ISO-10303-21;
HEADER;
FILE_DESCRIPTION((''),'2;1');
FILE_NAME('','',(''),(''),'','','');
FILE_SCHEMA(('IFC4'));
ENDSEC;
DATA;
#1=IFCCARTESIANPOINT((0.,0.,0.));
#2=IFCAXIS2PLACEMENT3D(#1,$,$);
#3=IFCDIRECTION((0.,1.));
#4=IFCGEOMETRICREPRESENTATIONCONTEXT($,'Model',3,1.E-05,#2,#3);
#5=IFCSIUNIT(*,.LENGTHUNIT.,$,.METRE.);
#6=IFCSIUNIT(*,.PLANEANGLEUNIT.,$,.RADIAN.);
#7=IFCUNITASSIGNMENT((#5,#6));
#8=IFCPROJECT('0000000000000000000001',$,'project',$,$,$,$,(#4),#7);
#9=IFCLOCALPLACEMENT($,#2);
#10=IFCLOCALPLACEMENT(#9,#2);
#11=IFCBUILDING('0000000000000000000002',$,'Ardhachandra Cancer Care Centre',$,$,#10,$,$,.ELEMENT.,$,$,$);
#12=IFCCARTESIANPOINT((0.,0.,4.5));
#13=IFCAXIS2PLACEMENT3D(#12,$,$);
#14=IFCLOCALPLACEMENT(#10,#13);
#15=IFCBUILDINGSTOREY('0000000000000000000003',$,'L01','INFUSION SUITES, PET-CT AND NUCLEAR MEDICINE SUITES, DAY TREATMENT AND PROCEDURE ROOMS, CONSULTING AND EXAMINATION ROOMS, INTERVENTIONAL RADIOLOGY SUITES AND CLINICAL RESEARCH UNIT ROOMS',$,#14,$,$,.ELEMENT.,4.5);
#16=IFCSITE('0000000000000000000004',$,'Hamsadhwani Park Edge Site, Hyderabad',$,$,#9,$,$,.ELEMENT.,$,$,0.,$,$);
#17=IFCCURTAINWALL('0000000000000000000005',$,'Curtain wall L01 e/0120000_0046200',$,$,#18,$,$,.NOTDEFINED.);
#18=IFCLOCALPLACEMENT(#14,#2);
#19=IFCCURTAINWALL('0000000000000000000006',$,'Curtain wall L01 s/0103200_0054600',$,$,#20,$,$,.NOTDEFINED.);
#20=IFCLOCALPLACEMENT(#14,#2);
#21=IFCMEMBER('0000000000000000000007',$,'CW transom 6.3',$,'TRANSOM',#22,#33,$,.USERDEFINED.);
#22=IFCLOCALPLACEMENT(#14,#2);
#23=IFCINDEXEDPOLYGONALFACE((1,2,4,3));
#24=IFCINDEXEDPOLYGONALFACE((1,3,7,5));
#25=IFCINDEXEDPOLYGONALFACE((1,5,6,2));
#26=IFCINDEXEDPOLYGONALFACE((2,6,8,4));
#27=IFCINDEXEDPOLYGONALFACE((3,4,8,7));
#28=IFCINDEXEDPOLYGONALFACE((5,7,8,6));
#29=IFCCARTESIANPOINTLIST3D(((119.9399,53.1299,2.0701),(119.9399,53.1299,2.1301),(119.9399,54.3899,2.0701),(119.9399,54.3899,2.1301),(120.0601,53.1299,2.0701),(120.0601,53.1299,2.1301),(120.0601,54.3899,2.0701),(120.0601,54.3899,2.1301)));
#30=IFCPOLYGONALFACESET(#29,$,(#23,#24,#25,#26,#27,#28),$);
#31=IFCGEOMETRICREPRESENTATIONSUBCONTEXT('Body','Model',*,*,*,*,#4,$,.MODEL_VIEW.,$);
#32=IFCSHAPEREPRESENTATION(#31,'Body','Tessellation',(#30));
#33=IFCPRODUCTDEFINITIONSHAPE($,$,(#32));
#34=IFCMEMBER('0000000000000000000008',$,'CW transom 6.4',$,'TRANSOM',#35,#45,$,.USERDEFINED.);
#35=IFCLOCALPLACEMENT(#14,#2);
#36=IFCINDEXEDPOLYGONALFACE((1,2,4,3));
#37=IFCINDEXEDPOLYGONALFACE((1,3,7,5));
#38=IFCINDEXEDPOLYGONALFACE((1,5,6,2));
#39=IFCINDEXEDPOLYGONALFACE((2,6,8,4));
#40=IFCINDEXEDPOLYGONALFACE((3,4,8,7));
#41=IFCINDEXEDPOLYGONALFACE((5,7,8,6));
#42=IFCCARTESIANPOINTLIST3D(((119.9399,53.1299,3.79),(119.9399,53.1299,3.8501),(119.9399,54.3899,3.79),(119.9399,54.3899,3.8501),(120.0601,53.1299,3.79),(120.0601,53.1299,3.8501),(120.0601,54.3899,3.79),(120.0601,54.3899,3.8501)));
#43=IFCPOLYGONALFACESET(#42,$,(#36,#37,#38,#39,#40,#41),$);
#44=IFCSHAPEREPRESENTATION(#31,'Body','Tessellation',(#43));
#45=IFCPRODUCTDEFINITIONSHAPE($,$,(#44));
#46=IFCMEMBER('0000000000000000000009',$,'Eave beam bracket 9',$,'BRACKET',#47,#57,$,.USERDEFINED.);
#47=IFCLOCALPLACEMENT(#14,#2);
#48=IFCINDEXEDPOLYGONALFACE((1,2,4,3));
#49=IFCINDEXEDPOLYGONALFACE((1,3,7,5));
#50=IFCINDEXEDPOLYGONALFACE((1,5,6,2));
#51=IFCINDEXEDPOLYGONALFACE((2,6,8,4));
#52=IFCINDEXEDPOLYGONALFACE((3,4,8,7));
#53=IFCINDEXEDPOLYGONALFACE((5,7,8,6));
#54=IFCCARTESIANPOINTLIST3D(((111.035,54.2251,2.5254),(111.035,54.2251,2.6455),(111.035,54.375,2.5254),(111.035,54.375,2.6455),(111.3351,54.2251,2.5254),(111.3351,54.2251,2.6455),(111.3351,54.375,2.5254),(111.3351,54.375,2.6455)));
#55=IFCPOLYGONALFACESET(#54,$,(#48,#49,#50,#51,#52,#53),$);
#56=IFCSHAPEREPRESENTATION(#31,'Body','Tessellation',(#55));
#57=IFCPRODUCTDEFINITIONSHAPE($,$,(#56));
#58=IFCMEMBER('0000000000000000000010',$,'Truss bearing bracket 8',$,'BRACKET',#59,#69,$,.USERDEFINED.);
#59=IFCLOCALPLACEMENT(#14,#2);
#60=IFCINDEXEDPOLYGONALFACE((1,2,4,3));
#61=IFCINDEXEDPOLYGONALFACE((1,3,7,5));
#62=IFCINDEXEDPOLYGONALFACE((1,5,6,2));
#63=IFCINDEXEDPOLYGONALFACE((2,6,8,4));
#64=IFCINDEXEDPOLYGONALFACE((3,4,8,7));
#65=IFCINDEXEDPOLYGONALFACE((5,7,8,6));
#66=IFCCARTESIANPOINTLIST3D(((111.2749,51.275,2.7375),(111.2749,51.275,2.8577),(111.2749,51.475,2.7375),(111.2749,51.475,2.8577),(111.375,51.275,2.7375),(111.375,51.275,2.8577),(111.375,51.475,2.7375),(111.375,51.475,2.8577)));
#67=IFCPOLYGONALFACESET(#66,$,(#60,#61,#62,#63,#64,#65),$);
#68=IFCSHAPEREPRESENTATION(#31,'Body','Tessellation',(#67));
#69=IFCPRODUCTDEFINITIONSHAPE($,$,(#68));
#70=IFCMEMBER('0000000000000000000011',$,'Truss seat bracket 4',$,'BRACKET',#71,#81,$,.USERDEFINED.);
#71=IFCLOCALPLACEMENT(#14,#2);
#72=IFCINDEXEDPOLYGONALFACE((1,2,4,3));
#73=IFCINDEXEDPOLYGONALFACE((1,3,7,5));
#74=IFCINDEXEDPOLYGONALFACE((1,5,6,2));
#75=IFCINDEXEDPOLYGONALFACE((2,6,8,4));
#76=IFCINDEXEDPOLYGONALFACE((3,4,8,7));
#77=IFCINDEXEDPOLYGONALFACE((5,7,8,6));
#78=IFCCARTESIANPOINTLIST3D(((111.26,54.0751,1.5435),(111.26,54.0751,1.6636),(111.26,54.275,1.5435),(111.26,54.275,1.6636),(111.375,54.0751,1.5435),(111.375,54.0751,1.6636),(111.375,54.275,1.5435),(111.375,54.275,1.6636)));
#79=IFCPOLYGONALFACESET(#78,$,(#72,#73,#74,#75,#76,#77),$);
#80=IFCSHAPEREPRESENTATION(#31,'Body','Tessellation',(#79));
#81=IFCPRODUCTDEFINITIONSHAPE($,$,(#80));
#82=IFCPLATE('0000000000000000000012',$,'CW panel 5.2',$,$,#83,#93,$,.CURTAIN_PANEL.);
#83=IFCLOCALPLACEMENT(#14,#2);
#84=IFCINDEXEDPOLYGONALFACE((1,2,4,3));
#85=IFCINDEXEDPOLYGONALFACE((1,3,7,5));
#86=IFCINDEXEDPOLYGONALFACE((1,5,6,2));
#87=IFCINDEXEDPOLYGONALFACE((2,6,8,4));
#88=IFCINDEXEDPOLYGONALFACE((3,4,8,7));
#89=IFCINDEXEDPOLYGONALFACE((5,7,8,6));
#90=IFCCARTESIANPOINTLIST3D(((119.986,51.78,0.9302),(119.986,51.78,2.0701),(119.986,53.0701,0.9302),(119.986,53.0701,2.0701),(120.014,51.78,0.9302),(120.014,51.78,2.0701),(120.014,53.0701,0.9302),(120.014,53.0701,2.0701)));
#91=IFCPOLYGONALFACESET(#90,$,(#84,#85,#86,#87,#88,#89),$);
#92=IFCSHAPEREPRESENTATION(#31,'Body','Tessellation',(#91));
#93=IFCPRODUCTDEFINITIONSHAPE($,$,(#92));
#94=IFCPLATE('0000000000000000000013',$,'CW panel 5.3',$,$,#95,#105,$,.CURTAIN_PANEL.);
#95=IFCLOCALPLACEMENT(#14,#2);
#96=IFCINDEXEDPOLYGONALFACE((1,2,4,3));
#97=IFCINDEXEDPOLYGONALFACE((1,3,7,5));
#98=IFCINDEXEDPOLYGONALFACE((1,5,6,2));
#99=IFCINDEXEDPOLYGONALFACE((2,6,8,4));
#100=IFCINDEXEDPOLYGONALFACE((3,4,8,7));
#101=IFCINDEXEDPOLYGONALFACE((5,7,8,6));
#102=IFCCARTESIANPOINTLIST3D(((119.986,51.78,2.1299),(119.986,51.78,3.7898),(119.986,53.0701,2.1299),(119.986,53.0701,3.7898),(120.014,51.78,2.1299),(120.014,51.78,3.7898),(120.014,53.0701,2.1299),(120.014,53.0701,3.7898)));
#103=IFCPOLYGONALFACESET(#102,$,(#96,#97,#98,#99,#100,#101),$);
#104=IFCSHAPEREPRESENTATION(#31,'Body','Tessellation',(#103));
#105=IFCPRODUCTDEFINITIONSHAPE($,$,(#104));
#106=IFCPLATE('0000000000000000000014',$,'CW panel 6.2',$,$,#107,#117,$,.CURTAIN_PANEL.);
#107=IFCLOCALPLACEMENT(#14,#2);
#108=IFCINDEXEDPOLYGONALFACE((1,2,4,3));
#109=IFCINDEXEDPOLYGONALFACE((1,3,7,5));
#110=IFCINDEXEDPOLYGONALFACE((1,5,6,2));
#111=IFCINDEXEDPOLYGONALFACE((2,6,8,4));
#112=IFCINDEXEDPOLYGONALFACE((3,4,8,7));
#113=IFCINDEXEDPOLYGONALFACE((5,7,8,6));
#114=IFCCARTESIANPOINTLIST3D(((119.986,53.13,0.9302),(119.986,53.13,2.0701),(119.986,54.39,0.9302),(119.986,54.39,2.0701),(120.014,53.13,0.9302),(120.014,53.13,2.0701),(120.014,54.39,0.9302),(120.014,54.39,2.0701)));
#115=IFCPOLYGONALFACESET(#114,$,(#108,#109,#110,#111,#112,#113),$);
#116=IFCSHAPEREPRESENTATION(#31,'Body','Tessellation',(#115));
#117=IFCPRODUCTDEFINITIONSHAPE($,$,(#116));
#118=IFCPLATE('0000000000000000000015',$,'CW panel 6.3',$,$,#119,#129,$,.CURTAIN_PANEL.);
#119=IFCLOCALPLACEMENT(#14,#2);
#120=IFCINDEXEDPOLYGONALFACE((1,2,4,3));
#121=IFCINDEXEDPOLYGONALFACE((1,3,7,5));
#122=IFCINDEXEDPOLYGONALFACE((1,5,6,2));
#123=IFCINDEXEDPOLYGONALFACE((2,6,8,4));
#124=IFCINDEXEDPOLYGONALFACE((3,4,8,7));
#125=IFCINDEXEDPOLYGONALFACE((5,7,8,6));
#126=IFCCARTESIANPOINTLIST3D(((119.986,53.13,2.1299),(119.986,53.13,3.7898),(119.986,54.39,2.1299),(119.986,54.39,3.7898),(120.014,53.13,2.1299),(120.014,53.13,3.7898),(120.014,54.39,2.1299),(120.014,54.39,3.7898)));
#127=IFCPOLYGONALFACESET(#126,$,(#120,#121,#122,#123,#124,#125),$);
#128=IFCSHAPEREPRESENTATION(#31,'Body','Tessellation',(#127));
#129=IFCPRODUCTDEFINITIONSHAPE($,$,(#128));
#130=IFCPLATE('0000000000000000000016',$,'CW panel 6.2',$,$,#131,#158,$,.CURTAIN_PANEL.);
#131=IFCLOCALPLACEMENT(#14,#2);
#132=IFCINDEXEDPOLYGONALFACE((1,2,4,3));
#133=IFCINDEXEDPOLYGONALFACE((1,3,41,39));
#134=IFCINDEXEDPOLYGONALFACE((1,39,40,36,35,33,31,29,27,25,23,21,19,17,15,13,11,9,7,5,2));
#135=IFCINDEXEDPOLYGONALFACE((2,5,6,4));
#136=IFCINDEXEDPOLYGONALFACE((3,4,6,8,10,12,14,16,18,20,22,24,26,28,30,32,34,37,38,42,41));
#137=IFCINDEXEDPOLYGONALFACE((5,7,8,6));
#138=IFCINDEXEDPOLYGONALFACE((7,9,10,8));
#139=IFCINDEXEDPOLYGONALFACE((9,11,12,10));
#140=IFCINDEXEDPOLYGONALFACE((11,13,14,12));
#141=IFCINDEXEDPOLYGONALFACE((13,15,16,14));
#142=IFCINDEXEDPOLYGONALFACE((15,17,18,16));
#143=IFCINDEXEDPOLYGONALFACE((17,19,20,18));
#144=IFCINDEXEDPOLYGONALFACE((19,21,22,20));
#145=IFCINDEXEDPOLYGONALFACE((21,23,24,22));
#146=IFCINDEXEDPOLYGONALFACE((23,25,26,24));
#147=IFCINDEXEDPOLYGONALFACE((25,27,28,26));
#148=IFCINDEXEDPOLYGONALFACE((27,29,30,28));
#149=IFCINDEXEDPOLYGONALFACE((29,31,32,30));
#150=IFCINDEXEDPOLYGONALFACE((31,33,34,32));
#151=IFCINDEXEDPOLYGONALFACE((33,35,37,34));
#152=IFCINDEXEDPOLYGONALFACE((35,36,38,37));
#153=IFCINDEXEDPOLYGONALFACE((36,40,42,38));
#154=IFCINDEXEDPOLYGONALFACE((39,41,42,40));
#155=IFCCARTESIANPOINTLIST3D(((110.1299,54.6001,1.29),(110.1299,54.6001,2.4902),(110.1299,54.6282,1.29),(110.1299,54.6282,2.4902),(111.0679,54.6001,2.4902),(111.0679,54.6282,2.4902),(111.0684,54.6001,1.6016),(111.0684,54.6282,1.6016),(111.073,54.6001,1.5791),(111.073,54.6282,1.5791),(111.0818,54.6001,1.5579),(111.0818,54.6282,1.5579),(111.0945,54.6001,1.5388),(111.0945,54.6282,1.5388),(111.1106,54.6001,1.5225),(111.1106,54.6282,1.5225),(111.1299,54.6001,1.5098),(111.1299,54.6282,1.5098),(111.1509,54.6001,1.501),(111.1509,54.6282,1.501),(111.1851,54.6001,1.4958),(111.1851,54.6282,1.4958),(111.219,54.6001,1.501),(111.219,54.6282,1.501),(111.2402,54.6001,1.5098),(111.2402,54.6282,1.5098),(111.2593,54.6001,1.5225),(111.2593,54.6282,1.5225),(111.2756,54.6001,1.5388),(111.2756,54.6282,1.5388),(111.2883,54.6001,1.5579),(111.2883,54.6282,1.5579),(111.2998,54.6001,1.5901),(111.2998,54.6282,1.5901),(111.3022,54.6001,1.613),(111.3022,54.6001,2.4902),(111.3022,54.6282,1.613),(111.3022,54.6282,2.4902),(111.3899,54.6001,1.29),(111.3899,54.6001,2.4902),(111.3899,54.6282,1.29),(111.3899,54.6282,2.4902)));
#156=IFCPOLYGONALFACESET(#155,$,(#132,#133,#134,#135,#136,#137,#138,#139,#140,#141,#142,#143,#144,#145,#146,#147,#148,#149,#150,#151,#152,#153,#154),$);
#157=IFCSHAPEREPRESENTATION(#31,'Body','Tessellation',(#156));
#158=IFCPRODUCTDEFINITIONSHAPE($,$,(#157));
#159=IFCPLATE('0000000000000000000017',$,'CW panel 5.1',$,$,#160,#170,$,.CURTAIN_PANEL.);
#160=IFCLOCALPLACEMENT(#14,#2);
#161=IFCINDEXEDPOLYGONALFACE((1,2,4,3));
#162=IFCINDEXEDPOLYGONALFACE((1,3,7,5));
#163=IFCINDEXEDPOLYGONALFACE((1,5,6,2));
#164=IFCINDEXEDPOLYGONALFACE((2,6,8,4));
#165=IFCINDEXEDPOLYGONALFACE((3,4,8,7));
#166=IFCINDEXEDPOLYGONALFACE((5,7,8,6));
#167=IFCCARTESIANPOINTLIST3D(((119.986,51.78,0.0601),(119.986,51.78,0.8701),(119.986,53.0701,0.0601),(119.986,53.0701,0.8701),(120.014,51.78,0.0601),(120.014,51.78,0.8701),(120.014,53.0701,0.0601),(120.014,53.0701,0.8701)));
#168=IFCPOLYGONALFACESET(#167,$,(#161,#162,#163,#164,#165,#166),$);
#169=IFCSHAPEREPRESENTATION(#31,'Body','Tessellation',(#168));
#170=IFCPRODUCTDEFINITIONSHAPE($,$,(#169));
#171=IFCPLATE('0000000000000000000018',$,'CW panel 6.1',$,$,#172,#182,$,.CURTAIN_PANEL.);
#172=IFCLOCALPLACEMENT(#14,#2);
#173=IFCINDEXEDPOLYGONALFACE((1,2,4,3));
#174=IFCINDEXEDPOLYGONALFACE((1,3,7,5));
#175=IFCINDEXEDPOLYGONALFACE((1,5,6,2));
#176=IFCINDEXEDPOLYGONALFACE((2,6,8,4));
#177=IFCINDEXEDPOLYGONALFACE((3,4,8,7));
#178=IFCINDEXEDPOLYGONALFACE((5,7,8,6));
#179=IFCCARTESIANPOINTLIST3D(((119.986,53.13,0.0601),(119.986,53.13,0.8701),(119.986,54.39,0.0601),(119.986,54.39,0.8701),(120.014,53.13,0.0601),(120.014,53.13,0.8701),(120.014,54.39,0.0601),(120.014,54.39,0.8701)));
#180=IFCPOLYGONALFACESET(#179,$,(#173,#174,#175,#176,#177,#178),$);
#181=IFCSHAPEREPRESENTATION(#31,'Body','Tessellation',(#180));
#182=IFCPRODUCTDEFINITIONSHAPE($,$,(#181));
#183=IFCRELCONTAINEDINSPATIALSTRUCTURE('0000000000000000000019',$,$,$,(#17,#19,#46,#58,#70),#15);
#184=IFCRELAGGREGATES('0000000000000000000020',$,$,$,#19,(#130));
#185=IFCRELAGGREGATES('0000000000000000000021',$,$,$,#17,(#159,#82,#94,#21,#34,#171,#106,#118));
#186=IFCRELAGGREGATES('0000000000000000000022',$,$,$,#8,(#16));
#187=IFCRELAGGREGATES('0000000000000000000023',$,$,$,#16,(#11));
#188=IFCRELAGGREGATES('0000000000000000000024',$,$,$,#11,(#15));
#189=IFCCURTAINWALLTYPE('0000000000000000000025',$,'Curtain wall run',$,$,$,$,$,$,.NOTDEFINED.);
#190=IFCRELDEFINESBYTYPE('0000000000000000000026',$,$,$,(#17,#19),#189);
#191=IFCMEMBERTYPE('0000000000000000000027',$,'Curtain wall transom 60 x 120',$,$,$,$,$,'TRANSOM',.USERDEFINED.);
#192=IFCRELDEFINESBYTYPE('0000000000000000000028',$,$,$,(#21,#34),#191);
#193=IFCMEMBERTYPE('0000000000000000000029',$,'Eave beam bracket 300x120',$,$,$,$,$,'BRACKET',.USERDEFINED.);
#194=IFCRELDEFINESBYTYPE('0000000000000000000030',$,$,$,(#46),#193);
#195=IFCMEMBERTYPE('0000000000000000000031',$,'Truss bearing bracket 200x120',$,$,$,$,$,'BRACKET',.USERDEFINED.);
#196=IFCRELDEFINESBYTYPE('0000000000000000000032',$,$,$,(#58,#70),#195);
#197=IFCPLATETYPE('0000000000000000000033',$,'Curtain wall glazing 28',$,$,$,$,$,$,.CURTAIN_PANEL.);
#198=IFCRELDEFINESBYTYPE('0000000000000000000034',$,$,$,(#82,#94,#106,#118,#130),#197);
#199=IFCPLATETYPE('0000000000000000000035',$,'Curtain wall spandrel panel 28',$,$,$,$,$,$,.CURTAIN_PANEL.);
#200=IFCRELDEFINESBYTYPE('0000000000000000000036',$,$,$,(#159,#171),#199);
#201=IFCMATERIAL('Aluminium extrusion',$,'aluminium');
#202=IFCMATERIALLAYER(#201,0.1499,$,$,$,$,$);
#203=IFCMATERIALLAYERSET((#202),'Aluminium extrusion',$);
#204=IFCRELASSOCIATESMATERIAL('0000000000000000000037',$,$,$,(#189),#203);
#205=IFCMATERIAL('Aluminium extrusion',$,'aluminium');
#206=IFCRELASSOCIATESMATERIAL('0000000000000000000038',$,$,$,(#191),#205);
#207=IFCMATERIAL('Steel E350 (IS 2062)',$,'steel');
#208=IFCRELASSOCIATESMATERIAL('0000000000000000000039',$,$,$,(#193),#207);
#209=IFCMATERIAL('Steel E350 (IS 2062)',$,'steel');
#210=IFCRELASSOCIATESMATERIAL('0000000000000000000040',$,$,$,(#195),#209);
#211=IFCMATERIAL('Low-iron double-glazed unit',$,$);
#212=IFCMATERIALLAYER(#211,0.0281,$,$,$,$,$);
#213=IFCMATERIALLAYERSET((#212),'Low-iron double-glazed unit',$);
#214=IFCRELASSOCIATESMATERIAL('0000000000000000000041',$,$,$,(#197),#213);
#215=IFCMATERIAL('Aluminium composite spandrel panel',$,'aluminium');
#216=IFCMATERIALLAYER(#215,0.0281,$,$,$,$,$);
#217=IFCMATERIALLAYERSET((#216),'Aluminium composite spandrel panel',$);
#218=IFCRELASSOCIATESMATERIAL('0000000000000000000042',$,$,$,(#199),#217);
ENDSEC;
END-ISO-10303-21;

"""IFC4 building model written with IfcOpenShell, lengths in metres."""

from ifc_helpers import new_model, si_unit, direction, frame, origin, origin_2d, place, context, subcontext, project, spatial, polyline, rectangle, outline, extrude, material, layer, layer_set, material_profile, profile_set, type_object, element, aggregate, save


model = new_model("IFC4")

# Units and contexts
model_context = context("Model", 3, precision=1e-05, world=origin(), true_north=direction((0.0, 1.0)))
body_context = subcontext(model_context, "Body", "Model", "MODEL_VIEW")
ifc_project = project(units=[si_unit("LENGTHUNIT", "METRE"), si_unit("PLANEANGLEUNIT", "RADIAN")], contexts=[model_context])

# Site, building, storey
site_placement = place(None, origin())
site = spatial("IfcSite", under=ifc_project, at=site_placement, Name="Hamsadhwani Park Edge Site, Hyderabad", CompositionType="ELEMENT", RefElevation=0.0)
building_placement = place(site_placement, origin())
building = spatial("IfcBuilding", under=site, at=building_placement, Name="Ardhachandra Cancer Care Centre", CompositionType="ELEMENT")
storey_placement = place(building_placement, frame((0.0, 0.0, 4.5)))
storey = spatial("IfcBuildingStorey", under=building, at=storey_placement, Name="L01", Description="INFUSION SUITES, PET-CT AND NUCLEAR MEDICINE SUITES, DAY TREATMENT AND PROCEDURE ROOMS, CONSULTING AND EXAMINATION ROOMS, INTERVENTIONAL RADIOLOGY SUITES AND CLINICAL RESEARCH UNIT ROOMS", CompositionType="ELEMENT", Elevation=4.5)

# Curtain wall
ifc_material_1 = material(Name="Aluminium extrusion", Category="aluminium")
ifc_layer_1 = layer(ifc_material_1, 0.1499)
ifc_layer_set_1 = layer_set([ifc_layer_1], Name="Aluminium extrusion")
curtain_wall_type = type_object("IfcCurtainWallType", Name="Curtain wall run", PredefinedType="NOTDEFINED", material=ifc_layer_set_1)
curtain_wall_1_placement = place(storey_placement, origin())
curtain_wall_1 = element("IfcCurtainWall", 1, at=curtain_wall_1_placement, inside=storey, type_object=curtain_wall_type, Name="Curtain wall L01 e/0120000_0046200", PredefinedType="NOTDEFINED")

# Curtain wall
curtain_wall_2_placement = place(storey_placement, origin())
curtain_wall_2 = element("IfcCurtainWall", 2, at=curtain_wall_2_placement, inside=storey, type_object=curtain_wall_type, Name="Curtain wall L01 s/0103200_0054600", PredefinedType="NOTDEFINED")

# Members
ifc_material_2 = material(Name="Aluminium extrusion", Category="aluminium")
ifc_material_profile_1 = material_profile(ifc_material_2, rectangle(XDim=0.1201, YDim=0.0601, at=origin_2d()), Name="Curtain wall transom 60 x 120")
ifc_profile_set_1 = profile_set([ifc_material_profile_1], Name="Aluminium extrusion")
member_type_1 = type_object("IfcMemberType", Name="Curtain wall transom 60 x 120", ElementType="TRANSOM", PredefinedType="USERDEFINED", material=ifc_profile_set_1)
member_1_placement = place(storey_placement, frame((120.0, 53.1299, 2.1001), z_axis=(0.0, 1.0, 0.0), x_axis=(-1.0, 0.0, 0.0)))
member_1 = element("IfcMember", 3, at=member_1_placement, type_object=member_type_1, Name="CW transom 6.3", ObjectType="TRANSOM", PredefinedType="USERDEFINED", context=body_context, shape_type="SweptSolid", body=[
    extrude(rectangle(XDim=0.1201, YDim=0.0601, at=origin_2d()), origin(), (0.0, 0.0, 1.0), 1.26),
])
member_2_placement = place(storey_placement, frame((120.0, 53.1299, 3.8201), z_axis=(0.0, 1.0, 0.0), x_axis=(-1.0, 0.0, 0.0)))
member_2 = element("IfcMember", 4, at=member_2_placement, type_object=member_type_1, Name="CW transom 6.4", ObjectType="TRANSOM", PredefinedType="USERDEFINED", context=body_context, shape_type="SweptSolid", body=[
    extrude(rectangle(XDim=0.1201, YDim=0.0601, at=origin_2d()), origin(), (0.0, 0.0, 1.0), 1.26),
])

# Members
ifc_material_3 = material(Name="Steel E350 (IS 2062)", Category="steel")
ifc_material_profile_2 = material_profile(ifc_material_3, rectangle(XDim=0.3, YDim=0.1201, at=origin_2d()), Name="PL 300x120")
ifc_profile_set_2 = profile_set([ifc_material_profile_2], Name="Steel E350 (IS 2062)")
member_type_2 = type_object("IfcMemberType", Name="Eave beam bracket 300x120", ElementType="BRACKET", PredefinedType="USERDEFINED", material=ifc_profile_set_2)
member_3_placement = place(storey_placement, frame((111.1851, 54.2251, 2.5854), z_axis=(0.0, 1.0, 0.0), x_axis=(-1.0, 0.0, 0.0)))
element("IfcMember", 5, at=member_3_placement, inside=storey, type_object=member_type_2, Name="Eave beam bracket 9", ObjectType="BRACKET", PredefinedType="USERDEFINED", context=body_context, shape_type="SweptSolid", body=[
    extrude(rectangle(XDim=0.3, YDim=0.1201, at=origin_2d()), origin(), (0.0, 0.0, 1.0), 0.1499),
])
ifc_material_4 = material(Name="Steel E350 (IS 2062)", Category="steel")
ifc_material_profile_3 = material_profile(ifc_material_4, rectangle(XDim=0.2, YDim=0.1201, at=origin_2d()), Name="PL 200x120")
ifc_profile_set_3 = profile_set([ifc_material_profile_3], Name="Steel E350 (IS 2062)")
member_type_3 = type_object("IfcMemberType", Name="Truss bearing bracket 200x120", ElementType="BRACKET", PredefinedType="USERDEFINED", material=ifc_profile_set_3)
member_4_placement = place(storey_placement, frame((111.2749, 51.375, 2.7976), z_axis=(1.0, 0.0, 0.0), x_axis=(0.0, 1.0, 0.0)))
element("IfcMember", 6, at=member_4_placement, inside=storey, type_object=member_type_3, Name="Truss bearing bracket 8", ObjectType="BRACKET", PredefinedType="USERDEFINED", context=body_context, shape_type="SweptSolid", body=[
    extrude(rectangle(XDim=0.2, YDim=0.1201, at=origin_2d()), origin(), (0.0, 0.0, 1.0), 0.1001),
])
member_5_placement = place(storey_placement, frame((111.26, 54.175, 1.6035), z_axis=(1.0, 0.0, 0.0), x_axis=(0.0, 1.0, 0.0)))
element("IfcMember", 7, at=member_5_placement, inside=storey, type_object=member_type_3, Name="Truss seat bracket 4", ObjectType="BRACKET", PredefinedType="USERDEFINED", context=body_context, shape_type="SweptSolid", body=[
    extrude(rectangle(XDim=0.2, YDim=0.1201, at=origin_2d()), origin(), (0.0, 0.0, 1.0), 0.115),
])

# Plates
ifc_material_5 = material(Name="Low-iron double-glazed unit")
ifc_layer_2 = layer(ifc_material_5, 0.0281)
ifc_layer_set_2 = layer_set([ifc_layer_2], Name="Low-iron double-glazed unit")
plate_type_1 = type_object("IfcPlateType", Name="Curtain wall glazing 28", PredefinedType="CURTAIN_PANEL", material=ifc_layer_set_2)
plate_1_placement = place(storey_placement, frame((120.0, 52.425, 0.9302), z_axis=(0.0, 0.0, 1.0), x_axis=(0.0, 1.0, 0.0)))
plate_1 = element("IfcPlate", 8, at=plate_1_placement, type_object=plate_type_1, Name="CW panel 5.2", PredefinedType="CURTAIN_PANEL", context=body_context, shape_type="SweptSolid", body=[
    extrude(rectangle(XDim=1.29, YDim=0.0281, at=origin_2d()), origin(), (0.0, 0.0, 1.0), 1.1399),
])
plate_2_placement = place(storey_placement, frame((120.0, 52.425, 2.1299), z_axis=(0.0, 0.0, 1.0), x_axis=(0.0, 1.0, 0.0)))
plate_2 = element("IfcPlate", 9, at=plate_2_placement, type_object=plate_type_1, Name="CW panel 5.3", PredefinedType="CURTAIN_PANEL", context=body_context, shape_type="SweptSolid", body=[
    extrude(rectangle(XDim=1.29, YDim=0.0281, at=origin_2d()), origin(), (0.0, 0.0, 1.0), 1.6599),
])
plate_3_placement = place(storey_placement, frame((120.0, 53.76, 0.9302), z_axis=(0.0, 0.0, 1.0), x_axis=(0.0, 1.0, 0.0)))
plate_3 = element("IfcPlate", 10, at=plate_3_placement, type_object=plate_type_1, Name="CW panel 6.2", PredefinedType="CURTAIN_PANEL", context=body_context, shape_type="SweptSolid", body=[
    extrude(rectangle(XDim=1.26, YDim=0.0281, at=origin_2d()), origin(), (0.0, 0.0, 1.0), 1.1399),
])
plate_4_placement = place(storey_placement, frame((120.0, 53.76, 2.1299), z_axis=(0.0, 0.0, 1.0), x_axis=(0.0, 1.0, 0.0)))
plate_4 = element("IfcPlate", 11, at=plate_4_placement, type_object=plate_type_1, Name="CW panel 6.3", PredefinedType="CURTAIN_PANEL", context=body_context, shape_type="SweptSolid", body=[
    extrude(rectangle(XDim=1.26, YDim=0.0281, at=origin_2d()), origin(), (0.0, 0.0, 1.0), 1.6599),
])
plate_5_placement = place(storey_placement, frame((111.3899, 54.6001, 2.4902), z_axis=(0.0, 1.0, 0.0), x_axis=(0.0, 0.0, -1.0)))
plate_5 = element("IfcPlate", 12, at=plate_5_placement, type_object=plate_type_1, Name="CW panel 6.2", PredefinedType="CURTAIN_PANEL", context=body_context, shape_type="SweptSolid", body=[
    extrude(outline(polyline([(0.0, 0.0), (1.2002, 0.0), (1.2002, 1.26), (0.0, 1.26), (0.0, 0.322), (0.8887, 0.3215), (0.9111, 0.3169), (0.9324, 0.3081), (0.9514, 0.2954), (0.9678, 0.2793), (0.9805, 0.26), (0.9893, 0.239), (0.9944, 0.2048), (0.9893, 0.1709), (0.9805, 0.1497), (0.9678, 0.1306), (0.9514, 0.1143), (0.9324, 0.1016), (0.9001, 0.0901), (0.8772, 0.0876), (0.0, 0.0876), (0.0, 0.0)])), origin(), (0.0, 0.0, 1.0), 0.0281),
])
aggregate(curtain_wall_2, [plate_5])
ifc_material_6 = material(Name="Aluminium composite spandrel panel", Category="aluminium")
ifc_layer_3 = layer(ifc_material_6, 0.0281)
ifc_layer_set_3 = layer_set([ifc_layer_3], Name="Aluminium composite spandrel panel")
plate_type_2 = type_object("IfcPlateType", Name="Curtain wall spandrel panel 28", PredefinedType="CURTAIN_PANEL", material=ifc_layer_set_3)
plate_6_placement = place(storey_placement, frame((120.0, 52.425, 0.0601), z_axis=(0.0, 0.0, 1.0), x_axis=(0.0, 1.0, 0.0)))
plate_6 = element("IfcPlate", 13, at=plate_6_placement, type_object=plate_type_2, Name="CW panel 5.1", PredefinedType="CURTAIN_PANEL", context=body_context, shape_type="SweptSolid", body=[
    extrude(rectangle(XDim=1.29, YDim=0.0281, at=origin_2d()), origin(), (0.0, 0.0, 1.0), 0.8101),
])
plate_7_placement = place(storey_placement, frame((120.0, 53.76, 0.0601), z_axis=(0.0, 0.0, 1.0), x_axis=(0.0, 1.0, 0.0)))
plate_7 = element("IfcPlate", 14, at=plate_7_placement, type_object=plate_type_2, Name="CW panel 6.1", PredefinedType="CURTAIN_PANEL", context=body_context, shape_type="SweptSolid", body=[
    extrude(rectangle(XDim=1.26, YDim=0.0281, at=origin_2d()), origin(), (0.0, 0.0, 1.0), 0.8101),
])
aggregate(curtain_wall_1, [plate_6, plate_1, plate_2, member_1, member_2, plate_7, plate_3, plate_4])

save(model, "model.ifc")
